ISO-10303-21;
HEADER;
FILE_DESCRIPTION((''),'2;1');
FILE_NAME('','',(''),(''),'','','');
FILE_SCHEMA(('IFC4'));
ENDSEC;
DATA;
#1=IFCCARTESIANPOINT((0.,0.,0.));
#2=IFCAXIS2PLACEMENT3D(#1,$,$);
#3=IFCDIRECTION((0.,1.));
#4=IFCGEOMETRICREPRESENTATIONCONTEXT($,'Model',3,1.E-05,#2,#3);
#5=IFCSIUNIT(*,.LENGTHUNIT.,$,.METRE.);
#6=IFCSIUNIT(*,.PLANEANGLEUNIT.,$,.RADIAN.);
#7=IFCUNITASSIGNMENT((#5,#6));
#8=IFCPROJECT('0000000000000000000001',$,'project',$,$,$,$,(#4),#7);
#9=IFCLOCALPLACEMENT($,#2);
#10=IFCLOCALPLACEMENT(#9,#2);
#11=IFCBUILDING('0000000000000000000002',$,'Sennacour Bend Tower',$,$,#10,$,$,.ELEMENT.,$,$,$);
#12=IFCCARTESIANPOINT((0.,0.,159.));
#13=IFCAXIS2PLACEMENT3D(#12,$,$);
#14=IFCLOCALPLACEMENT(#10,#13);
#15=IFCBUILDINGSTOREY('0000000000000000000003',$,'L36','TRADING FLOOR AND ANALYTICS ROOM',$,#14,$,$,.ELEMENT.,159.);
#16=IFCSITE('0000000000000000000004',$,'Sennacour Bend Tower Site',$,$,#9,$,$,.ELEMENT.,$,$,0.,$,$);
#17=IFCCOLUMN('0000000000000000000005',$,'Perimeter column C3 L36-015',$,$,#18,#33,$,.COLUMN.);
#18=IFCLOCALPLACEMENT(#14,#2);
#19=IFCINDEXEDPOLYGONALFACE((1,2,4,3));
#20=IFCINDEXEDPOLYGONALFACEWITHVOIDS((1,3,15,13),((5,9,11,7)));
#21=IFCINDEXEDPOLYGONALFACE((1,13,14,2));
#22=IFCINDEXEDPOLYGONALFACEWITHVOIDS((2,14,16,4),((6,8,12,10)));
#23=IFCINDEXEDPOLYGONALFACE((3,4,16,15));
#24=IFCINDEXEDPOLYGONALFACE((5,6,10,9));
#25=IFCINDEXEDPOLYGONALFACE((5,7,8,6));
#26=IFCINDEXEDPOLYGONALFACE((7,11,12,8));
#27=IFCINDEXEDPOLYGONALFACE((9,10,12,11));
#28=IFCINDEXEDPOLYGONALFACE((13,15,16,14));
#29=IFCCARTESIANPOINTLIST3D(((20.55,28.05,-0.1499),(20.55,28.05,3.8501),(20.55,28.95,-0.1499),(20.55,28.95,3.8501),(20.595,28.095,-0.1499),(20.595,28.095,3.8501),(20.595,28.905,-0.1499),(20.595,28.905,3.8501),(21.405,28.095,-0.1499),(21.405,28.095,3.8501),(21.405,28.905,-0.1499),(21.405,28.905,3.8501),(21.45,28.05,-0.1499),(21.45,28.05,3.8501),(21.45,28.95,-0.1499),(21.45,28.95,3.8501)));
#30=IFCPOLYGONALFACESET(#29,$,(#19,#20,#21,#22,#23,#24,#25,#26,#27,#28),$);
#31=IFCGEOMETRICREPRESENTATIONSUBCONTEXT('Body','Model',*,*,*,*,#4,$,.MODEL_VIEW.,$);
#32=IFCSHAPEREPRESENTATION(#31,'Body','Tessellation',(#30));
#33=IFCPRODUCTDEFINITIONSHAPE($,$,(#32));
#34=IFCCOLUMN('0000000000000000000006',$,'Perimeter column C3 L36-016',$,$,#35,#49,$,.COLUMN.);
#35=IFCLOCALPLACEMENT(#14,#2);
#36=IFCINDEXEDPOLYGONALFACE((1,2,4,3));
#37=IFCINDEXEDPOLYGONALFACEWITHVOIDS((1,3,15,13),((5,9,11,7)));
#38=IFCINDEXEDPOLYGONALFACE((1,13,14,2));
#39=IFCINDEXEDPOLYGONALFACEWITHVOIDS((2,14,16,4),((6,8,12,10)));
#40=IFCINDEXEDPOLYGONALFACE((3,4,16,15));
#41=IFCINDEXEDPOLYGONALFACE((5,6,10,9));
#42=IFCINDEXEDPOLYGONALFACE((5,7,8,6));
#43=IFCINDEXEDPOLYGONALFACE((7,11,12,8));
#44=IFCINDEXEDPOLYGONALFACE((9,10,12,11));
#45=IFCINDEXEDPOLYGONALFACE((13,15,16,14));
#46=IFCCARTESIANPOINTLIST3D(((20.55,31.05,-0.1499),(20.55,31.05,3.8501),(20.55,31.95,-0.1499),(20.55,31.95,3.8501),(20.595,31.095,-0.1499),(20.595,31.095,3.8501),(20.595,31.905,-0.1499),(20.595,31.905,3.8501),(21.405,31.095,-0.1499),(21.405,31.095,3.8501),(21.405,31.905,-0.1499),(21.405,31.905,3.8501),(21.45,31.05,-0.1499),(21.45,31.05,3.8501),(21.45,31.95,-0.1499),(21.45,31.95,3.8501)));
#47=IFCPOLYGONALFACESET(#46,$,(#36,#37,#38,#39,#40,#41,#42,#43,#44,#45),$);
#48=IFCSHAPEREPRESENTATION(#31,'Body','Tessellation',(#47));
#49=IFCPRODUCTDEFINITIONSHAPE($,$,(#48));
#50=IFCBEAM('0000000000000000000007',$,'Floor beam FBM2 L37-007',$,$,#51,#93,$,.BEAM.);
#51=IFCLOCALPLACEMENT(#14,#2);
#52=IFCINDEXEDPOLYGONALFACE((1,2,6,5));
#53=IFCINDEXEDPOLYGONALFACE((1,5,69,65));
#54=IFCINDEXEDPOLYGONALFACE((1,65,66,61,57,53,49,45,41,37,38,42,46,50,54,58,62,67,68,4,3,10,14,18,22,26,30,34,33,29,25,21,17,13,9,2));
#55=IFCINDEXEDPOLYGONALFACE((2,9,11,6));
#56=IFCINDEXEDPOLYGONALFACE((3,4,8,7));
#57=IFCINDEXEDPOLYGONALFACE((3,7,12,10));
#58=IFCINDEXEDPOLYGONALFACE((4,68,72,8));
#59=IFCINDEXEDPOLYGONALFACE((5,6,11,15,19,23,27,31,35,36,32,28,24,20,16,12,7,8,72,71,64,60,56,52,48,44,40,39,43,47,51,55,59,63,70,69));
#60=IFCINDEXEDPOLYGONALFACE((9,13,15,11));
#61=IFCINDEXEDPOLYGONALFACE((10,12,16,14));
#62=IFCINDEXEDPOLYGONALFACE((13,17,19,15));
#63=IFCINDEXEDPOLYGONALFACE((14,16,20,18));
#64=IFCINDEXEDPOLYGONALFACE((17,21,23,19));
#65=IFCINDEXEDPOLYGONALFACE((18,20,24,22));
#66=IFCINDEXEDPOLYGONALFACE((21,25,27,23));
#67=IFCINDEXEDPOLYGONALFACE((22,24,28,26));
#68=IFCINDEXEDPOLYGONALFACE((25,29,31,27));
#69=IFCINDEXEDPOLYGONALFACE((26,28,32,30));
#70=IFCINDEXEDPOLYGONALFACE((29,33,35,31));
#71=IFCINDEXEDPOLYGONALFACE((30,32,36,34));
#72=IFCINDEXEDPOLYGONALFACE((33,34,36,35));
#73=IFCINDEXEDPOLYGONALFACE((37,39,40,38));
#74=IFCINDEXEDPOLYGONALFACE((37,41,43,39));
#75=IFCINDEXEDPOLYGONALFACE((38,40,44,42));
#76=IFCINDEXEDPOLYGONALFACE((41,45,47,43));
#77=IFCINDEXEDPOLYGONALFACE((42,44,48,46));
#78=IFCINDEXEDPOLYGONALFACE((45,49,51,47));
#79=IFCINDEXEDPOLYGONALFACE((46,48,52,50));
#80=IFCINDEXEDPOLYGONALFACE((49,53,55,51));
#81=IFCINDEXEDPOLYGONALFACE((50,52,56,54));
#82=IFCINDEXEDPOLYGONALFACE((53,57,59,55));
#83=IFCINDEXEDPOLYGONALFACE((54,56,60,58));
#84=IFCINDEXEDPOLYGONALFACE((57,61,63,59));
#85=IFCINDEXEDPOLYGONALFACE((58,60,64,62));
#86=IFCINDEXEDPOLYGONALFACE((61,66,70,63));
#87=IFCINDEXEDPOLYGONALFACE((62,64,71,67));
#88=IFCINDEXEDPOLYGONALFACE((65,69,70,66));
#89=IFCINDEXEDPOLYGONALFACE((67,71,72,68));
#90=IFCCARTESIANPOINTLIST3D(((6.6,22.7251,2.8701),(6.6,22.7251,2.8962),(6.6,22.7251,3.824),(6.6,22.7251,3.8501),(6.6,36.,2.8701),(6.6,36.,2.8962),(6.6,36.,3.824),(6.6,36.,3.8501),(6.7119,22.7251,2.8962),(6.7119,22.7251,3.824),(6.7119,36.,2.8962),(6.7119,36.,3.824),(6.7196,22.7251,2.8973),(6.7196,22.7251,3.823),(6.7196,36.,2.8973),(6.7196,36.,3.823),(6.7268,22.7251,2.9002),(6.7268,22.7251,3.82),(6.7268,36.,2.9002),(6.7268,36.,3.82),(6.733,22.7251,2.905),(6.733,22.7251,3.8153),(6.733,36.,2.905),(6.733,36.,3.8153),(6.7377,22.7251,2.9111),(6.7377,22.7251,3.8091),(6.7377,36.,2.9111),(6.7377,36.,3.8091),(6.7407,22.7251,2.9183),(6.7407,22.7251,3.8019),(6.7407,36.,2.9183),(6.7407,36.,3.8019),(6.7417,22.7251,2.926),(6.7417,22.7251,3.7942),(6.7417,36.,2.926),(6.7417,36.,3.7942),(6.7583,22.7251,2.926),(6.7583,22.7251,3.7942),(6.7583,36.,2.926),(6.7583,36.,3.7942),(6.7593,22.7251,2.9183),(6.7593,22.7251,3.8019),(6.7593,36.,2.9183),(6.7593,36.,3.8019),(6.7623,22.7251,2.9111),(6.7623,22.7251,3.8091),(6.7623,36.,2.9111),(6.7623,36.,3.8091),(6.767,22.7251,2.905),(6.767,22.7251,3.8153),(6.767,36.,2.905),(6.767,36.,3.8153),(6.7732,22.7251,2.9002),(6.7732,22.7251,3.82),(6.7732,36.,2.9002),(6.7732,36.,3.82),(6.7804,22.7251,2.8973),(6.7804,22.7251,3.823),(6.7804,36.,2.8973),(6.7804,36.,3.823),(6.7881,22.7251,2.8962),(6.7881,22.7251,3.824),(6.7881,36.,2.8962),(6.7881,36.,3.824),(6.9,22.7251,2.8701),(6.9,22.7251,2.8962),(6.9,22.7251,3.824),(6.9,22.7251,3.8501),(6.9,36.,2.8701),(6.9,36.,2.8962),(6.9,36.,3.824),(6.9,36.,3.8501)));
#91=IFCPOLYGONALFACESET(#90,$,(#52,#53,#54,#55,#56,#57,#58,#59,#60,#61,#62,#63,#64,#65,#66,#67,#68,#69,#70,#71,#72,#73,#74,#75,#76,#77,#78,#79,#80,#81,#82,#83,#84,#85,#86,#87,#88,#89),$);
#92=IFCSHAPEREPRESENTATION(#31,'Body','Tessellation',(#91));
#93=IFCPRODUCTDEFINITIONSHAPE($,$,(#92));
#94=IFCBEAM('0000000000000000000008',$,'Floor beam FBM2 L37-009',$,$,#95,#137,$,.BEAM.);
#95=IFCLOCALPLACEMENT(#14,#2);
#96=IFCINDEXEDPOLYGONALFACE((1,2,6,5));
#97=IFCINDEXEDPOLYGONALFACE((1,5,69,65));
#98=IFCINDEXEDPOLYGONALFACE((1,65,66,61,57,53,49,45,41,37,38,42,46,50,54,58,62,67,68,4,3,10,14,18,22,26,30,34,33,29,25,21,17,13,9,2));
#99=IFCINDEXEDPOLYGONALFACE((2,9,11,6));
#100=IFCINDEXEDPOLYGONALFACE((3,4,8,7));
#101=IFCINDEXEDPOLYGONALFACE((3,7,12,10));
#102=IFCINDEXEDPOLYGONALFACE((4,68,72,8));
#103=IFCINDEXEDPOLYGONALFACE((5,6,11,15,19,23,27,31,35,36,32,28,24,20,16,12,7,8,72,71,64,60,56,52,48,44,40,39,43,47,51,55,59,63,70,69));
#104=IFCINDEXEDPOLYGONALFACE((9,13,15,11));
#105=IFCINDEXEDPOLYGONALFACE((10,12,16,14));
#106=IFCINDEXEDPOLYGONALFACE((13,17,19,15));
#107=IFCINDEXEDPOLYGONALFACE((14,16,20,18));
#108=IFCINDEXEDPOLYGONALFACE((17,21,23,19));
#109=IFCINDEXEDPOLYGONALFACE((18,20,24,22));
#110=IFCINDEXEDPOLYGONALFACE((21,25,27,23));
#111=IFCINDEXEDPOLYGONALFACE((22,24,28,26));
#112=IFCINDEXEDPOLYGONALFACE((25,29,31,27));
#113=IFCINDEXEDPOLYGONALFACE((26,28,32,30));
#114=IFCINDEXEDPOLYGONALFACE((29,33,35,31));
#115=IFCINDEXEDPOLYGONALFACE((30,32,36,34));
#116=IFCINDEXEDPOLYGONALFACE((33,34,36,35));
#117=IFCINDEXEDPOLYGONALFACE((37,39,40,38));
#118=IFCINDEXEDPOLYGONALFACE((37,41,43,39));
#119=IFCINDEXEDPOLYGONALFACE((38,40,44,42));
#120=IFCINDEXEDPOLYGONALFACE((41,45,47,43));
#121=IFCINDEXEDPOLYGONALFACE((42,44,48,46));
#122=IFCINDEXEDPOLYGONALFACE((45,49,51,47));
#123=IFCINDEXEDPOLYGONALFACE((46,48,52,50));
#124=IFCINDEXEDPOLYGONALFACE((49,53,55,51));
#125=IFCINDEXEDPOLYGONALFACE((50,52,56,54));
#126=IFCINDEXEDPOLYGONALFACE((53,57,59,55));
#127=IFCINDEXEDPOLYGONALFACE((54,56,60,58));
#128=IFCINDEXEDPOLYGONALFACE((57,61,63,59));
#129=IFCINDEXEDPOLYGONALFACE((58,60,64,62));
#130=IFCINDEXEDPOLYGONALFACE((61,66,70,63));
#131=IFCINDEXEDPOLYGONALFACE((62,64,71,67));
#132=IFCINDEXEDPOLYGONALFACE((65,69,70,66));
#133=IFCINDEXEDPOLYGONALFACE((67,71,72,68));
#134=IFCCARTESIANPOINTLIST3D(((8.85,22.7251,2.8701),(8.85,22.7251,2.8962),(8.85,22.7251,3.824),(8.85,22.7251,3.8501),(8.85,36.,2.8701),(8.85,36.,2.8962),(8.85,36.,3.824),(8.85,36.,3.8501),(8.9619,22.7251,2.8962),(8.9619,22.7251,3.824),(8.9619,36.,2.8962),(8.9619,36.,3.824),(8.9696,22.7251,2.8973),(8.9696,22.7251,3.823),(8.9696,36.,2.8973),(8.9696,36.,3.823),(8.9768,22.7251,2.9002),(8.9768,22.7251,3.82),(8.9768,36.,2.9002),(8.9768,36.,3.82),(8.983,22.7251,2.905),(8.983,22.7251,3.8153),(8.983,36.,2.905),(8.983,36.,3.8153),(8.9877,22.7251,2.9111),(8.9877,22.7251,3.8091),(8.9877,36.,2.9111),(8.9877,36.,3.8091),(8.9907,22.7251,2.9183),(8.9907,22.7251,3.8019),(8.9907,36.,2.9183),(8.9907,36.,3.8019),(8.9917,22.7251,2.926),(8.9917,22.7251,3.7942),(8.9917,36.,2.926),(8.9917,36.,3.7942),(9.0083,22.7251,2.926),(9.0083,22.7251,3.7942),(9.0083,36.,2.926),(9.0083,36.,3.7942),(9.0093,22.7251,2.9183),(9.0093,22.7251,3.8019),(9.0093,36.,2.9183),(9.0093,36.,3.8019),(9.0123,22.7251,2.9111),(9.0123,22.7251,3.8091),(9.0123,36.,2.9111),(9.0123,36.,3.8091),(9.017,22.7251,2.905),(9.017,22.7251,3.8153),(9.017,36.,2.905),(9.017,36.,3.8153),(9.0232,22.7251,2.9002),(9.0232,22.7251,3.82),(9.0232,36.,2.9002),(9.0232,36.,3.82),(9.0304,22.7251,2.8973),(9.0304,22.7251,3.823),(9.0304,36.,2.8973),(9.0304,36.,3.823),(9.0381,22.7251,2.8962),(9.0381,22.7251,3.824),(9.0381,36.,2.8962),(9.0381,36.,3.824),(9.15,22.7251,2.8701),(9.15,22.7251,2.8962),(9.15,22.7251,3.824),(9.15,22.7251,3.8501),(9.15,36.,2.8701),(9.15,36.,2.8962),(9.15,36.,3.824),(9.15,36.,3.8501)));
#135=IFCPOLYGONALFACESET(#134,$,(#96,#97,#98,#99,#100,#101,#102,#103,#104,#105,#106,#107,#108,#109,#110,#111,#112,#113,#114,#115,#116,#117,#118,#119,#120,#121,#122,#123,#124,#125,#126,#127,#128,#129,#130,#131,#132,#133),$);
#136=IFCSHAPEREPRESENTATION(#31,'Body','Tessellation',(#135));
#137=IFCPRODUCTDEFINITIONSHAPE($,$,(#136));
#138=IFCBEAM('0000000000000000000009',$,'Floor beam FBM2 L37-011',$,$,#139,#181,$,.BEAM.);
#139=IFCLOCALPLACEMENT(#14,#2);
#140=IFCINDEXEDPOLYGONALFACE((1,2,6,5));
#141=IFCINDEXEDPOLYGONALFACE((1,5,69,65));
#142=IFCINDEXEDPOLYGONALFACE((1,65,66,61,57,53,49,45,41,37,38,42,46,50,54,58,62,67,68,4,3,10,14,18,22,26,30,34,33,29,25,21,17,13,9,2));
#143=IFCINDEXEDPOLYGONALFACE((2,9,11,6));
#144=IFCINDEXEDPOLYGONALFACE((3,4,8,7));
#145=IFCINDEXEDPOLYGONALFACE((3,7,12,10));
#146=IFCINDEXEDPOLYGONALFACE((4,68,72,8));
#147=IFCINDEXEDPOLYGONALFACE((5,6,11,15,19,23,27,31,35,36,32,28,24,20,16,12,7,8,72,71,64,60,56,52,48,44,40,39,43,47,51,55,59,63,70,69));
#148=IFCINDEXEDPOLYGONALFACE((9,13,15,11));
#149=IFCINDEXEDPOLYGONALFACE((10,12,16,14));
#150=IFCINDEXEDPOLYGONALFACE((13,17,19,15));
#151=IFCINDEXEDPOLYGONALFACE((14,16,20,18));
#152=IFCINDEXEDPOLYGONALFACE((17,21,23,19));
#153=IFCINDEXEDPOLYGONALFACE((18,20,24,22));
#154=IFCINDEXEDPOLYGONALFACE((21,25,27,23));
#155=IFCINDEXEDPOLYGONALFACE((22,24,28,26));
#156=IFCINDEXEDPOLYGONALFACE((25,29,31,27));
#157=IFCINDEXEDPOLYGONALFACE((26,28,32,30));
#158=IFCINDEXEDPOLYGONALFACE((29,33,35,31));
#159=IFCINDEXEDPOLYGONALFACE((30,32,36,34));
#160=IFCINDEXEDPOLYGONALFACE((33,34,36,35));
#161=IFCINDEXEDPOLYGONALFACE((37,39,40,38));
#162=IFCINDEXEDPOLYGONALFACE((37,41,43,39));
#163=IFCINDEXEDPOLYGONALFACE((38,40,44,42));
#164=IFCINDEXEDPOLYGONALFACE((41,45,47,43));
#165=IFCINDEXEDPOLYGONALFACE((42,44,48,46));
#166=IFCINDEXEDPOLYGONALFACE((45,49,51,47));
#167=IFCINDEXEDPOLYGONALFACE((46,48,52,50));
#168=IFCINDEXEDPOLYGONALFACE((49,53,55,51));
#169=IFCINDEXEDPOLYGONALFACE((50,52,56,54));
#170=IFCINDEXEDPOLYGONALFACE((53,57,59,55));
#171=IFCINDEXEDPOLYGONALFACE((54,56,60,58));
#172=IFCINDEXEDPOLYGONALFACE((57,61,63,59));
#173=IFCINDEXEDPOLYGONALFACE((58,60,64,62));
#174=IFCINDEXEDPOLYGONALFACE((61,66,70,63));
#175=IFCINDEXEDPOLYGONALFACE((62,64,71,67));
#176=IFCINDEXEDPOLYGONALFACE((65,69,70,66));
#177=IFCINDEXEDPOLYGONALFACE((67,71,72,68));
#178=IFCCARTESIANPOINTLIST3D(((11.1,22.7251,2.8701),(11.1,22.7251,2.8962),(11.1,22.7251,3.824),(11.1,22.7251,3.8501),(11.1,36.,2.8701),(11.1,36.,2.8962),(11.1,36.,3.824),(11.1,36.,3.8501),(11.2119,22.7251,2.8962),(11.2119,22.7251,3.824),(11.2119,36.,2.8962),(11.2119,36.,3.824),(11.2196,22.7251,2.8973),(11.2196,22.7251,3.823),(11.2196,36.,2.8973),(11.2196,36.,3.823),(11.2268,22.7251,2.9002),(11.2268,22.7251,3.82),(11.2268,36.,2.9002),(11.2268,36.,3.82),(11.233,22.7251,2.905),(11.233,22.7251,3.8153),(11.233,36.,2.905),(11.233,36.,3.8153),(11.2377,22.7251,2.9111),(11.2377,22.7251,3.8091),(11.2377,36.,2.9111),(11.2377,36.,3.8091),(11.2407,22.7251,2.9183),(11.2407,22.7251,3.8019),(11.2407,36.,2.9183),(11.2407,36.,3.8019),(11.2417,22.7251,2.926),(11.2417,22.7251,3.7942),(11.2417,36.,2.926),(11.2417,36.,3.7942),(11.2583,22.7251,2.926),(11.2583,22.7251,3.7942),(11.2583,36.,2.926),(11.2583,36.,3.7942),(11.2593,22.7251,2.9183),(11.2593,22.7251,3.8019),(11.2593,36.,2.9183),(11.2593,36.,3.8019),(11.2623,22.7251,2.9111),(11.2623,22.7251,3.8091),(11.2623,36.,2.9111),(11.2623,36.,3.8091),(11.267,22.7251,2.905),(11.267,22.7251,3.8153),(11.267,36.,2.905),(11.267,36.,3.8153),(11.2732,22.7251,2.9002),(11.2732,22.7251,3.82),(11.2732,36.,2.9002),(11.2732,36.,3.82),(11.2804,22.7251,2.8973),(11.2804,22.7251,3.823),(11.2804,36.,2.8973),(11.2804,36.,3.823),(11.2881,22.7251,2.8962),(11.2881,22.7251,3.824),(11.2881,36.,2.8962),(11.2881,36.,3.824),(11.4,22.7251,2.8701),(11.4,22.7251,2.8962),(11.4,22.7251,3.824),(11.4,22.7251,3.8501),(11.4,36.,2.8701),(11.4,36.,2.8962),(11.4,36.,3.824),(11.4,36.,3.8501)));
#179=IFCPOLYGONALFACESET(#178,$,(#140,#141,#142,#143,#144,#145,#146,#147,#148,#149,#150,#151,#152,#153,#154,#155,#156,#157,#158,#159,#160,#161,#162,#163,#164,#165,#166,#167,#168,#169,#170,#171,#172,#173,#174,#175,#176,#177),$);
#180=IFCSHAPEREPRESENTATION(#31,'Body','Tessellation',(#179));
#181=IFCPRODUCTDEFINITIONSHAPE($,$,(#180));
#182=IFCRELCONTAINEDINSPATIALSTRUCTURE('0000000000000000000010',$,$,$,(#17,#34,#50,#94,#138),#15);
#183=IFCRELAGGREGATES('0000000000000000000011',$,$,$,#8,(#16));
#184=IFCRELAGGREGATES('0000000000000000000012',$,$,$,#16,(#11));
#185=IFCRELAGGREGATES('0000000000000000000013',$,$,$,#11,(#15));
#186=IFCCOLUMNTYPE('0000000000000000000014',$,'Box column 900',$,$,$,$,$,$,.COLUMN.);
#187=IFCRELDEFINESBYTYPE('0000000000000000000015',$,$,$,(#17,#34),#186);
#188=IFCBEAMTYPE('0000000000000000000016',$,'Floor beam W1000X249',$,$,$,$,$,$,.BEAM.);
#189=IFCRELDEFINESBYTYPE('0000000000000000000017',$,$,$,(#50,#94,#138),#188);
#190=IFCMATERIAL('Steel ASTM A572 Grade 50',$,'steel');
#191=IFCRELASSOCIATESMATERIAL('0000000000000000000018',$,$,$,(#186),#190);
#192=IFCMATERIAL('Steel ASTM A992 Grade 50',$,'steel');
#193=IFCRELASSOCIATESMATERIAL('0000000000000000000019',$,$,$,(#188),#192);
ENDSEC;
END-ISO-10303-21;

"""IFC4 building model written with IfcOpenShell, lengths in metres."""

from ifc_helpers import new_model, si_unit, direction, frame, origin, origin_2d, place, context, subcontext, project, spatial, hollow_rectangle, i_section, extrude, material, material_profile, profile_set, type_object, element, save


model = new_model("IFC4")

# Units and contexts
model_context = context("Model", 3, precision=1e-05, world=origin(), true_north=direction((0.0, 1.0)))
body_context = subcontext(model_context, "Body", "Model", "MODEL_VIEW")
ifc_project = project(units=[si_unit("LENGTHUNIT", "METRE"), si_unit("PLANEANGLEUNIT", "RADIAN")], contexts=[model_context])

# Site, building, storey
site_placement = place(None, origin())
site = spatial("IfcSite", under=ifc_project, at=site_placement, Name="Sennacour Bend Tower Site", CompositionType="ELEMENT", RefElevation=0.0)
building_placement = place(site_placement, origin())
building = spatial("IfcBuilding", under=site, at=building_placement, Name="Sennacour Bend Tower", CompositionType="ELEMENT")
storey_placement = place(building_placement, frame((0.0, 0.0, 159.0)))
storey = spatial("IfcBuildingStorey", under=building, at=storey_placement, Name="L36", Description="TRADING FLOOR AND ANALYTICS ROOM", CompositionType="ELEMENT", Elevation=159.0)

# Columns
ifc_material_1 = material(Name="Steel ASTM A572 Grade 50", Category="steel")
ifc_material_profile_1 = material_profile(ifc_material_1, hollow_rectangle(XDim=0.8999, YDim=0.8999, WallThickness=0.0449, at=origin_2d()), Name="Steel ASTM A572 Grade 50", Category="steel")
ifc_profile_set_1 = profile_set([ifc_material_profile_1], Name="Steel ASTM A572 Grade 50")
column_type = type_object("IfcColumnType", Name="Box column 900", PredefinedType="COLUMN", material=ifc_profile_set_1)
for number, where, z_axis, x_axis, name in (
    (1, (21.0, 28.5, -0.1499), (0.0, 0.0, 1.0), (1.0, 0.0, 0.0), "Perimeter column C3 L36-015"),
    (2, (21.0, 31.5, -0.1499), (0.0, 0.0, 1.0), (1.0, 0.0, 0.0), "Perimeter column C3 L36-016"),
):
    element("IfcColumn", number, at=place(storey_placement, frame(where, z_axis=z_axis, x_axis=x_axis)), inside=storey, type_object=column_type, Name=name, PredefinedType="COLUMN", context=body_context, shape_type="SweptSolid", body=[
        extrude(hollow_rectangle(XDim=0.8999, YDim=0.8999, WallThickness=0.0449, at=origin_2d()), origin(), (0.0, 0.0, 1.0), 4.0),
    ])

# Beams
ifc_material_2 = material(Name="Steel ASTM A992 Grade 50", Category="steel")
ifc_material_profile_2 = material_profile(ifc_material_2, i_section(OverallWidth=0.3, OverallDepth=0.98, WebThickness=0.0166, FlangeThickness=0.0261, FilletRadius=0.0298, at=origin_2d()), Name="Steel ASTM A992 Grade 50", Category="steel")
ifc_profile_set_2 = profile_set([ifc_material_profile_2], Name="Steel ASTM A992 Grade 50")
beam_type_1 = type_object("IfcBeamType", Name="Floor beam W1000X249", PredefinedType="BEAM", material=ifc_profile_set_2)
for number, where, z_axis, x_axis, name in (
    (3, (6.75, 22.7251, 3.3601), (0.0, 1.0, 0.0), (-1.0, 0.0, 0.0), "Floor beam FBM2 L37-007"),
    (4, (9.0, 22.7251, 3.3601), (0.0, 1.0, 0.0), (-1.0, 0.0, 0.0), "Floor beam FBM2 L37-009"),
    (5, (11.25, 22.7251, 3.3601), (0.0, 1.0, 0.0), (-1.0, 0.0, 0.0), "Floor beam FBM2 L37-011"),
):
    element("IfcBeam", number, at=place(storey_placement, frame(where, z_axis=z_axis, x_axis=x_axis)), inside=storey, type_object=beam_type_1, Name=name, PredefinedType="BEAM", context=body_context, shape_type="SweptSolid", body=[
        extrude(i_section(OverallWidth=0.3, OverallDepth=0.98, WebThickness=0.0166, FlangeThickness=0.0261, FilletRadius=0.0298, at=origin_2d()), origin(), (0.0, 0.0, 1.0), 13.2749),
    ])

save(model, "model.ifc")
